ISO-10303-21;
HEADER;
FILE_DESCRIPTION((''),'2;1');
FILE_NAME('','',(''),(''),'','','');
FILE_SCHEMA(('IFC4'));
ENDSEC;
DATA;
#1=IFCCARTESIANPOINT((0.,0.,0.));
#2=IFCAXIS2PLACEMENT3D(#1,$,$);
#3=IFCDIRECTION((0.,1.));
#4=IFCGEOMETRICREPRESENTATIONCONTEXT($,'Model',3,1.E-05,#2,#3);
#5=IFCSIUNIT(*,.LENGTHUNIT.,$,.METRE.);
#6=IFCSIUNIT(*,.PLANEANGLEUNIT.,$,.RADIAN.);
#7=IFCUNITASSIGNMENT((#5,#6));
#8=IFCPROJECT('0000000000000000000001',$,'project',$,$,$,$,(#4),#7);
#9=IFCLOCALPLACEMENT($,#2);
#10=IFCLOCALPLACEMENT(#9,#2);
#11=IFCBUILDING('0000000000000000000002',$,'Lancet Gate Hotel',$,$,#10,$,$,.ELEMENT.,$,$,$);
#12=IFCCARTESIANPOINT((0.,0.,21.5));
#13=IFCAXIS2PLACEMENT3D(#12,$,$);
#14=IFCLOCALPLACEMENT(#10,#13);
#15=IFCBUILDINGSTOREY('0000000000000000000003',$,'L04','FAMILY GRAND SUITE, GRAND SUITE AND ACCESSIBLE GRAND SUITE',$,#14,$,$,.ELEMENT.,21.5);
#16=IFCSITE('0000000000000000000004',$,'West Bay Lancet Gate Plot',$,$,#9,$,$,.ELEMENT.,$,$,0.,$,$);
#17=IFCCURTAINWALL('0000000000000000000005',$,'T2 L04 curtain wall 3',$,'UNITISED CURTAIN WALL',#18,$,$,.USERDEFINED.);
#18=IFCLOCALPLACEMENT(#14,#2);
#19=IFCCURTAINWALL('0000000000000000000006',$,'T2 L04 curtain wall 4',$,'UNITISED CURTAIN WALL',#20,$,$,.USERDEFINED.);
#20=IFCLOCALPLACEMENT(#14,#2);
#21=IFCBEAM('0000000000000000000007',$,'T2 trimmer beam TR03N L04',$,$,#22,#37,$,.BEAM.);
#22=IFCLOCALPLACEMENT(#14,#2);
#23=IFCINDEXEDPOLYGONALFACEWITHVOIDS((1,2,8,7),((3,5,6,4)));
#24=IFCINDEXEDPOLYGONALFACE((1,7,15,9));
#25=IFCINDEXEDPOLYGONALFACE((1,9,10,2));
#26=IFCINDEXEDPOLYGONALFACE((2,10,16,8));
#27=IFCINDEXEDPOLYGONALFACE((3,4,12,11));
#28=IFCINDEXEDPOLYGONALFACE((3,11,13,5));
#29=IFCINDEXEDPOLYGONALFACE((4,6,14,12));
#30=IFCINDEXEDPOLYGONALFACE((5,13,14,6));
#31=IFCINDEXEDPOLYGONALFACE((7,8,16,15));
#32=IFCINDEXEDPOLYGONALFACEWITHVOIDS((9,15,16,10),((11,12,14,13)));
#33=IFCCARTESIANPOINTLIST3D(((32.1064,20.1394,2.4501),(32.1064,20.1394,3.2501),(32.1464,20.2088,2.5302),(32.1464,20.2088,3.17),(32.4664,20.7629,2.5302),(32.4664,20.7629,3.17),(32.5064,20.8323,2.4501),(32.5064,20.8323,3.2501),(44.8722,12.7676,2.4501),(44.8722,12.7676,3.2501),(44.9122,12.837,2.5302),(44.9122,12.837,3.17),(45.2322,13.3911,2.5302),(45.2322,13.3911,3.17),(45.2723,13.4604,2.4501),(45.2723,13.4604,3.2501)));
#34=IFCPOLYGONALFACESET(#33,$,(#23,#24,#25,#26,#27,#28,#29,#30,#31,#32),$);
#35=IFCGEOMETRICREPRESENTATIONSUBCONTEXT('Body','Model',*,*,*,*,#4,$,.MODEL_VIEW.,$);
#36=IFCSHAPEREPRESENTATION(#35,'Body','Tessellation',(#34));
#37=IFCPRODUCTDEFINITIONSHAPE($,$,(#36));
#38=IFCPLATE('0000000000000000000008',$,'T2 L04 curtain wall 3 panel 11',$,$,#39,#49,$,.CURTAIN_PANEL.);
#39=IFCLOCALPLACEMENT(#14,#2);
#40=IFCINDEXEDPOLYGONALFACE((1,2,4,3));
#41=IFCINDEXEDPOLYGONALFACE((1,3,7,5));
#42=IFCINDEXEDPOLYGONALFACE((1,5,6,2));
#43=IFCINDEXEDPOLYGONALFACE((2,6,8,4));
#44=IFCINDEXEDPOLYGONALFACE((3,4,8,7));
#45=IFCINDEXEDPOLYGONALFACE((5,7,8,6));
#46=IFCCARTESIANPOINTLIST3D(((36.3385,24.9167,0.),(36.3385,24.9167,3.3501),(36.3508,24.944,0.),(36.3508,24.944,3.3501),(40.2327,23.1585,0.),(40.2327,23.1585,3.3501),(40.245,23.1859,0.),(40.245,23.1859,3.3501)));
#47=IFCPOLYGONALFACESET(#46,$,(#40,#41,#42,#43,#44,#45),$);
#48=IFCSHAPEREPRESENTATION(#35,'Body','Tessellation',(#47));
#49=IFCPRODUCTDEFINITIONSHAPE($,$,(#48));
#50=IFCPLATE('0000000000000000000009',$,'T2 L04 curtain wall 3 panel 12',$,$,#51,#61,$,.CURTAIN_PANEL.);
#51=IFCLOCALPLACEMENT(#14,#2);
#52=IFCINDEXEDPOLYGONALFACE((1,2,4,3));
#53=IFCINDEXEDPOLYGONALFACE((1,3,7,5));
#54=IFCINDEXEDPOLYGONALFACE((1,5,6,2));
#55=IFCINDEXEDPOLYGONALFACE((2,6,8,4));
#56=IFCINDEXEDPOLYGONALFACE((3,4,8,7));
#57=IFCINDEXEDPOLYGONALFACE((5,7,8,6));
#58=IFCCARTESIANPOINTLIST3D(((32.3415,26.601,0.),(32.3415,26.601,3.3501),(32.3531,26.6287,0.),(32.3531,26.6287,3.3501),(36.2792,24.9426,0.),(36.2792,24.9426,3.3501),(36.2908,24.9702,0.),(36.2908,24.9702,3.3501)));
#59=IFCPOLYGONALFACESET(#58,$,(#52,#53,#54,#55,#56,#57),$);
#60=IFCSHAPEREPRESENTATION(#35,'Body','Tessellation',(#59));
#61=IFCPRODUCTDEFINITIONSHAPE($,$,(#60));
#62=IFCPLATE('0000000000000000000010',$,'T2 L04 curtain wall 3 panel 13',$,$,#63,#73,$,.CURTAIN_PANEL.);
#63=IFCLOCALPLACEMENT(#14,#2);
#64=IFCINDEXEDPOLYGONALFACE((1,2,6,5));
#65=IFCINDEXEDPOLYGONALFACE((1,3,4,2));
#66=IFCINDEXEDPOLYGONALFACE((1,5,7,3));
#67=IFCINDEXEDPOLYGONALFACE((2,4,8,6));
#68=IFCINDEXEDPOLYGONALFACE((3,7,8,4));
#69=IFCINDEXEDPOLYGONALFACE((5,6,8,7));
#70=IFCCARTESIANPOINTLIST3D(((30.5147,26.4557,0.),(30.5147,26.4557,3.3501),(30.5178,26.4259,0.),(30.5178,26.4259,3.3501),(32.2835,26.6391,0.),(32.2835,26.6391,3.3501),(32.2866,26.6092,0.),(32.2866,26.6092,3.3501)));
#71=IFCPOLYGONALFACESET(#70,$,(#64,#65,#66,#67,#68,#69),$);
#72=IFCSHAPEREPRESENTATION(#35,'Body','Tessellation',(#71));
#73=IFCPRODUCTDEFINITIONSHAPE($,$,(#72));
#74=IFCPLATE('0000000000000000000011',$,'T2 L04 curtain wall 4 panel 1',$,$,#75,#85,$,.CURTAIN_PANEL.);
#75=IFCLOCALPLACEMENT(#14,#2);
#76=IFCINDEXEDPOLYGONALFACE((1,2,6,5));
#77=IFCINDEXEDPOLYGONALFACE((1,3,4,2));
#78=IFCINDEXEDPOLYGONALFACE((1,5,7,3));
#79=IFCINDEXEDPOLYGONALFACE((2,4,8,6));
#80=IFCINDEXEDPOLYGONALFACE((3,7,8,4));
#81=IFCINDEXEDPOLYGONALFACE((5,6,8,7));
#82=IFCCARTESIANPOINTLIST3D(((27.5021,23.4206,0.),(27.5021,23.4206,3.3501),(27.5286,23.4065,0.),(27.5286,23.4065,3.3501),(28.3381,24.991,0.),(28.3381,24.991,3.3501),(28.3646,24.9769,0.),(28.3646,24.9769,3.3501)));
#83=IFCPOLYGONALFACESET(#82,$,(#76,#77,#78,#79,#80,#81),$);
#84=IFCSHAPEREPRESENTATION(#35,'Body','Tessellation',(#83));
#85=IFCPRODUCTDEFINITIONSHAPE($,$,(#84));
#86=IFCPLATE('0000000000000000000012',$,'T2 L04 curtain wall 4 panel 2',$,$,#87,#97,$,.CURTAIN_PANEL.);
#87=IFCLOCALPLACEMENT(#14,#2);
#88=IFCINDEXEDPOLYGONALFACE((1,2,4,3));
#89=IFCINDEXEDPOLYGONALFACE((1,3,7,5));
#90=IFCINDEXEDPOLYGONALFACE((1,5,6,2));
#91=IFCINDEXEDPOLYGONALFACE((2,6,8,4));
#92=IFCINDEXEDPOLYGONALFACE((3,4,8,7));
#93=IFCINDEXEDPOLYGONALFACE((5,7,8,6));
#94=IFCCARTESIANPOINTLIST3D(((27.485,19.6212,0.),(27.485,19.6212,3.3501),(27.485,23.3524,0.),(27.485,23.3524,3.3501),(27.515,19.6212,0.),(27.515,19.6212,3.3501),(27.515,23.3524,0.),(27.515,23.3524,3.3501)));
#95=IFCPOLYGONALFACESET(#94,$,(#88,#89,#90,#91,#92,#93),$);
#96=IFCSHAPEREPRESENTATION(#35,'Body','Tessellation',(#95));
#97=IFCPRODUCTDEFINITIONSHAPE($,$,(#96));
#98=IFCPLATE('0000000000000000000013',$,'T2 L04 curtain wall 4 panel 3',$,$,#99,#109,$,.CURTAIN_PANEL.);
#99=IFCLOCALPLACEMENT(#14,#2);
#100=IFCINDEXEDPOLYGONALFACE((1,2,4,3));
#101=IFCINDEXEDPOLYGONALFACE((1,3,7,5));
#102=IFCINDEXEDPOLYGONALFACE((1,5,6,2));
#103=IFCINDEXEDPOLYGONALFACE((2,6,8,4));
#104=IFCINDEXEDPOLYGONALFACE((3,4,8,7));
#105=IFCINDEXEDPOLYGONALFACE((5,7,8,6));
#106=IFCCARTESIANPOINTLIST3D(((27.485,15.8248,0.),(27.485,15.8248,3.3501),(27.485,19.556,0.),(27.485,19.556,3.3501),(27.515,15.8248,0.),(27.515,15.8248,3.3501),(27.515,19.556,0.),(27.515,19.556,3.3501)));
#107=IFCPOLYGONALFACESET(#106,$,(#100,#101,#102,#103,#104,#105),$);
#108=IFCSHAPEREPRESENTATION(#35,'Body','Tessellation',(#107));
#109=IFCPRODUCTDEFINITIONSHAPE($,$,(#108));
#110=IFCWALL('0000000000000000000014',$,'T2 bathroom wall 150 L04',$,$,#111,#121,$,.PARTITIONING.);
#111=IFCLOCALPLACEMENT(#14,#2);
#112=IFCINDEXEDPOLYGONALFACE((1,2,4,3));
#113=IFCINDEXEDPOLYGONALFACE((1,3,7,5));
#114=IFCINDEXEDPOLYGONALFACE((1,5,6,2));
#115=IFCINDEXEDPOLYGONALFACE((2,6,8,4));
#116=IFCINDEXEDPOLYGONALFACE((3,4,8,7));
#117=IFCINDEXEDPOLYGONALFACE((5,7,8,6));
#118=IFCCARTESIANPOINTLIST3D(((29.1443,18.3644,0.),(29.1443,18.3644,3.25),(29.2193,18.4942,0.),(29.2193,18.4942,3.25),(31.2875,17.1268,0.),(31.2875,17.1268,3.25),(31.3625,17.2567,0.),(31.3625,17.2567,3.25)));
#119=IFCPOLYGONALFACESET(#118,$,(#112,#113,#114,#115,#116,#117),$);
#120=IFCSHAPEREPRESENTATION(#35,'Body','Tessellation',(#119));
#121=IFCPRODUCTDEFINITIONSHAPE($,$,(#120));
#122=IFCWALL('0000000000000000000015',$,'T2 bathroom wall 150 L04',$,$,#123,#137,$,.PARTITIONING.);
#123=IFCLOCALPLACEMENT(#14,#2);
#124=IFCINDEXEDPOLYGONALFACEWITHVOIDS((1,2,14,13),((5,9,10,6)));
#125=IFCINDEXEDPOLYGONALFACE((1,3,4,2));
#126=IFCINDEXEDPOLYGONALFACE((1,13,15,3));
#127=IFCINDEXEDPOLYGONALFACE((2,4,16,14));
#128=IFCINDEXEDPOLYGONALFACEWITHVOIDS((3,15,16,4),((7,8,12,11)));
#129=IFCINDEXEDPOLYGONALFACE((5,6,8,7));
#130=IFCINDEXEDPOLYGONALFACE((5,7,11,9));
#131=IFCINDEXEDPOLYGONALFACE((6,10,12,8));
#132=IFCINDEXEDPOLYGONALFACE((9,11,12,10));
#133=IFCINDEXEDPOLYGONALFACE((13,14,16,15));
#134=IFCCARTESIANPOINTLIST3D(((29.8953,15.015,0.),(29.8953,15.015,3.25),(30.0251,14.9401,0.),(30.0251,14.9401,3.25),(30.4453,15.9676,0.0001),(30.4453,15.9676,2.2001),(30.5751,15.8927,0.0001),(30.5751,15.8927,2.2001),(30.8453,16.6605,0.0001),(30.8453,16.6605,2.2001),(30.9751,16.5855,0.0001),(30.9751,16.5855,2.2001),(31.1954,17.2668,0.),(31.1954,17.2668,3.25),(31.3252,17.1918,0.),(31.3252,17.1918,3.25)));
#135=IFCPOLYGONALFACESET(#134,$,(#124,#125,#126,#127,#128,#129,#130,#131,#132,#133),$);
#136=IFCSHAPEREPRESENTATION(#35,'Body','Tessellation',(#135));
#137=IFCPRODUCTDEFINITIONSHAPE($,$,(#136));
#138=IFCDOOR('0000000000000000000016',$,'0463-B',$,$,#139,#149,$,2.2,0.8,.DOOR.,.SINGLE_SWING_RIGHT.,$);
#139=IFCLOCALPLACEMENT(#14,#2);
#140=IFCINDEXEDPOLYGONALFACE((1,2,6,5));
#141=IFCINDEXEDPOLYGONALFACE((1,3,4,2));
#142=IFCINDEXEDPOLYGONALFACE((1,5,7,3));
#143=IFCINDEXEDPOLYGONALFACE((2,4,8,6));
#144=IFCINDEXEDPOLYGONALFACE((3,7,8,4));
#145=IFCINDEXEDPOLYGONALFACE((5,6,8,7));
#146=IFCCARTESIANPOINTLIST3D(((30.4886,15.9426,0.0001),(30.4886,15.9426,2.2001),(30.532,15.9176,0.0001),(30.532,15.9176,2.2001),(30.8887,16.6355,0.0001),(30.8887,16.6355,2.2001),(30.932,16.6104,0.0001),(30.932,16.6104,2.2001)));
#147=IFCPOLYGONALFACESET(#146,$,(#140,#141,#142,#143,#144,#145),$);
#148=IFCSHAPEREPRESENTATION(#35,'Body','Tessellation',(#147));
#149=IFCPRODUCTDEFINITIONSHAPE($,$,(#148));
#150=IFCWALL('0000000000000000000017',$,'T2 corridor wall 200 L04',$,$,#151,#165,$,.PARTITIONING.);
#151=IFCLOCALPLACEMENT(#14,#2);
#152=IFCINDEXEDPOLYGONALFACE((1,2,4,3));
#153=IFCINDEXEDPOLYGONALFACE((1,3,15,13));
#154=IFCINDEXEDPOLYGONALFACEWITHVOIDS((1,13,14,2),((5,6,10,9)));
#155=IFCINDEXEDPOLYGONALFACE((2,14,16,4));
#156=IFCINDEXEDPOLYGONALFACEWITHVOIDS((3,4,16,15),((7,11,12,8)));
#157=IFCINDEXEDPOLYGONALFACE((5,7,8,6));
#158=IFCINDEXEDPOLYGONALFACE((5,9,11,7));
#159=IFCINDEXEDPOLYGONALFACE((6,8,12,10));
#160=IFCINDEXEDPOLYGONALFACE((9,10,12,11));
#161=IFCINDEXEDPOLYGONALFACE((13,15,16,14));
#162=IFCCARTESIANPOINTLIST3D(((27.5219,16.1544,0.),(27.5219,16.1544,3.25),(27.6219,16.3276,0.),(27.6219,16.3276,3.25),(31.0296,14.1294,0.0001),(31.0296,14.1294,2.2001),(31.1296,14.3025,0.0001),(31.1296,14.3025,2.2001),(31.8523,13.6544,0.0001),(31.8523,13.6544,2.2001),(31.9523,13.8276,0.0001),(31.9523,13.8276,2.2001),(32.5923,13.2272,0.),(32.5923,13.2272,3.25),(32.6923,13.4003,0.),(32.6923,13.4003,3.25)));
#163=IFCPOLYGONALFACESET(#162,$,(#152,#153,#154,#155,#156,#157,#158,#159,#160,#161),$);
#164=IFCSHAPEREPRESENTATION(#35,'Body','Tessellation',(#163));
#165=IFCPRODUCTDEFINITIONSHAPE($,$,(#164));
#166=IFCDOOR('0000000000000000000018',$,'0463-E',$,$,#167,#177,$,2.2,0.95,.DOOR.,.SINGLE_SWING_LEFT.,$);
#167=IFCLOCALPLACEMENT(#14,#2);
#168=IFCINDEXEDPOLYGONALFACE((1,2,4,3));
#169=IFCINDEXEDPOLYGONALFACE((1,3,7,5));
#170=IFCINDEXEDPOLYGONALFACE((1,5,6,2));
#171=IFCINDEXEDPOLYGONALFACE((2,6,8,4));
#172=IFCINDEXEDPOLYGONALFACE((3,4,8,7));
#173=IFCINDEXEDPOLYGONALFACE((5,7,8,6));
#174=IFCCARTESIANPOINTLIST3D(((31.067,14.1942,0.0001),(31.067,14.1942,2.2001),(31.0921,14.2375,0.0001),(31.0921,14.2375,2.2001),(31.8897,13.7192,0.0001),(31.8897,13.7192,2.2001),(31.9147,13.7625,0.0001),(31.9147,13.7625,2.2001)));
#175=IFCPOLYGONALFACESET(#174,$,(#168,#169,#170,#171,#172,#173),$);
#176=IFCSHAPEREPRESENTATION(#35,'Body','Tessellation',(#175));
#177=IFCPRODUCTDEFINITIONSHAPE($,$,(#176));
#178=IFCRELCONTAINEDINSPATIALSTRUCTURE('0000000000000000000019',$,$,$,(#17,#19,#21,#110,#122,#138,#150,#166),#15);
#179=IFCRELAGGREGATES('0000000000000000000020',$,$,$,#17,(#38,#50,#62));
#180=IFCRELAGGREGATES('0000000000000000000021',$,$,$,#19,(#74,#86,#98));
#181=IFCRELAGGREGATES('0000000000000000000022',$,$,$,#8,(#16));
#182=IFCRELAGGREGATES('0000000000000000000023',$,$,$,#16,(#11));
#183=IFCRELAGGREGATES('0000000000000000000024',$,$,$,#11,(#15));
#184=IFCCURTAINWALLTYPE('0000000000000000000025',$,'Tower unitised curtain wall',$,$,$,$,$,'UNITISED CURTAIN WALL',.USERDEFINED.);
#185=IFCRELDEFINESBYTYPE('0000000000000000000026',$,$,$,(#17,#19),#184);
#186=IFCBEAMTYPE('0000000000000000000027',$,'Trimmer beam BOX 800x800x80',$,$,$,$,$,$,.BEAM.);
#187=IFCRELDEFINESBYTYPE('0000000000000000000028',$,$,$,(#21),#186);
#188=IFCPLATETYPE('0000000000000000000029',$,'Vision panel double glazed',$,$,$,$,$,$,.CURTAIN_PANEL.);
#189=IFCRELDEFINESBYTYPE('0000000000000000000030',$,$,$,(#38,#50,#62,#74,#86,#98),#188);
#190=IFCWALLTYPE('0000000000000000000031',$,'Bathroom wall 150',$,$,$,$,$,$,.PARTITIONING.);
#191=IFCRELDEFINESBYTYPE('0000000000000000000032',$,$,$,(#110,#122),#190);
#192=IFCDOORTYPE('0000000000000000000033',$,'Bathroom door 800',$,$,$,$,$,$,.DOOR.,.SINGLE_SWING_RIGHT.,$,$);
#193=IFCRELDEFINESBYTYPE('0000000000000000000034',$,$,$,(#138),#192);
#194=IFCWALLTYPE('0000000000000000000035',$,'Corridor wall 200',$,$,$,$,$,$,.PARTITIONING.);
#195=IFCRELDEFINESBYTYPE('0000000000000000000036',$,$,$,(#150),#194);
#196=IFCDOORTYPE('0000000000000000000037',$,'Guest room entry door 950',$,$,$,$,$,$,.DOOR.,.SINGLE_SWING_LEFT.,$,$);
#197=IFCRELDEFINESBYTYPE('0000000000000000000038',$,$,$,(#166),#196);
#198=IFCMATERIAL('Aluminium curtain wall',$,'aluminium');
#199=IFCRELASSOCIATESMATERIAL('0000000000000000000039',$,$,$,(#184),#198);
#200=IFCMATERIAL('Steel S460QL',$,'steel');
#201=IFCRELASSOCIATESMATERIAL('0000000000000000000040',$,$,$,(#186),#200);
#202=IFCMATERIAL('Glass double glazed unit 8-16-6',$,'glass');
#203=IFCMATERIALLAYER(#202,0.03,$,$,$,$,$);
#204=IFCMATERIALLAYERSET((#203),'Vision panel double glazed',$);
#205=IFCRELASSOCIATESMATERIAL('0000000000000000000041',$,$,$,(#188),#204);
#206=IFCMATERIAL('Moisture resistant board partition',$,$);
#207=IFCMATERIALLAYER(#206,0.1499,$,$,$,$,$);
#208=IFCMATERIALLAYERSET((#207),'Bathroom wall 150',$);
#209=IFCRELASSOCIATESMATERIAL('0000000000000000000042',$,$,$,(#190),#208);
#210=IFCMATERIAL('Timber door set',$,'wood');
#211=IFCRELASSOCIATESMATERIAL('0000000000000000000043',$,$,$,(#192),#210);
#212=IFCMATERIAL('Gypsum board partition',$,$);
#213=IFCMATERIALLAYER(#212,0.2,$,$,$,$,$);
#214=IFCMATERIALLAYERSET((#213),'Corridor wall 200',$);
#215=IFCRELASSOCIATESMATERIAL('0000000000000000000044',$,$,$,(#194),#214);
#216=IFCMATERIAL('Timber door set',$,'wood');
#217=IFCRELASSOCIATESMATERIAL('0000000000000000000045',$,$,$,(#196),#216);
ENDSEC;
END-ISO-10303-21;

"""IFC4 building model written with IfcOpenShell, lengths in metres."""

from ifc_helpers import new_model, si_unit, direction, frame, frame_2d, origin, origin_2d, place, context, subcontext, project, spatial, rectangle, hollow_rectangle, extrude, material, layer, layer_set, material_profile, profile_set, type_object, element, fill, aggregate, save


model = new_model("IFC4")

# Units and contexts
model_context = context("Model", 3, precision=1e-05, world=origin(), true_north=direction((0.0, 1.0)))
body_context = subcontext(model_context, "Body", "Model", "MODEL_VIEW")
ifc_project = project(units=[si_unit("LENGTHUNIT", "METRE"), si_unit("PLANEANGLEUNIT", "RADIAN")], contexts=[model_context])

# Site, building, storey
site_placement = place(None, origin())
site = spatial("IfcSite", under=ifc_project, at=site_placement, Name="West Bay Lancet Gate Plot", CompositionType="ELEMENT", RefElevation=0.0)
building_placement = place(site_placement, origin())
building = spatial("IfcBuilding", under=site, at=building_placement, Name="Lancet Gate Hotel", CompositionType="ELEMENT")
storey_placement = place(building_placement, frame((0.0, 0.0, 21.5)))
storey = spatial("IfcBuildingStorey", under=building, at=storey_placement, Name="L04", Description="FAMILY GRAND SUITE, GRAND SUITE AND ACCESSIBLE GRAND SUITE", CompositionType="ELEMENT", Elevation=21.5)

# Curtain walls
ifc_material_1 = material(Name="Aluminium curtain wall", Category="aluminium")
curtain_wall_type = type_object("IfcCurtainWallType", Name="Tower unitised curtain wall", ElementType="UNITISED CURTAIN WALL", PredefinedType="USERDEFINED", material=ifc_material_1)
curtain_wall_1_placement = place(storey_placement, origin())
curtain_wall_1 = element("IfcCurtainWall", 1, at=curtain_wall_1_placement, inside=storey, type_object=curtain_wall_type, Name="T2 L04 curtain wall 3", ObjectType="UNITISED CURTAIN WALL", PredefinedType="USERDEFINED")
curtain_wall_2_placement = place(storey_placement, origin())
curtain_wall_2 = element("IfcCurtainWall", 2, at=curtain_wall_2_placement, inside=storey, type_object=curtain_wall_type, Name="T2 L04 curtain wall 4", ObjectType="UNITISED CURTAIN WALL", PredefinedType="USERDEFINED")

# Beam
ifc_material_2 = material(Name="Steel S460QL", Category="steel")
ifc_material_profile_1 = material_profile(ifc_material_2, hollow_rectangle(XDim=0.8, YDim=0.8, WallThickness=0.0801, at=origin_2d()), Name="BOX 800x800x80")
ifc_profile_set_1 = profile_set([ifc_material_profile_1], Name="Steel S460QL")
beam_type_1 = type_object("IfcBeamType", Name="Trimmer beam BOX 800x800x80", PredefinedType="BEAM", material=ifc_profile_set_1)
beam_1_placement = place(storey_placement, frame((32.3064, 20.4858, 2.8501), z_axis=(0.865983, -0.500074, 0.0), x_axis=(0.500074, 0.865983, 0.0)))
element("IfcBeam", 3, at=beam_1_placement, inside=storey, type_object=beam_type_1, Name="T2 trimmer beam TR03N L04", PredefinedType="BEAM", context=body_context, shape_type="SweptSolid", body=[
    extrude(hollow_rectangle(XDim=0.8, YDim=0.8, WallThickness=0.0801, at=origin_2d()), origin(), (0.0, 0.0, 1.0), 14.7415),
])

# Plates
ifc_material_3 = material(Name="Glass double glazed unit 8-16-6", Category="glass")
ifc_layer_1 = layer(ifc_material_3, 0.03)
ifc_layer_set_1 = layer_set([ifc_layer_1], Name="Vision panel double glazed")
plate_type = type_object("IfcPlateType", Name="Vision panel double glazed", PredefinedType="CURTAIN_PANEL", material=ifc_layer_set_1)
plate_1_placement = place(storey_placement, frame((38.2917, 24.0513, 0.0), z_axis=(0.0, 0.0, 1.0), x_axis=(-0.911416, 0.411487, 0.0)))
plate_1 = element("IfcPlate", 4, at=plate_1_placement, type_object=plate_type, Name="T2 L04 curtain wall 3 panel 11", PredefinedType="CURTAIN_PANEL", context=body_context, shape_type="SweptSolid", body=[
    extrude(rectangle(XDim=4.2727, YDim=0.03, at=origin_2d()), origin(), (0.0, 0.0, 1.0), 3.3501),
])
plate_2_placement = place(storey_placement, frame((34.3162, 25.7856, 0.0), z_axis=(0.0, 0.0, 1.0), x_axis=(-0.921593, 0.388157, 0.0)))
plate_2 = element("IfcPlate", 5, at=plate_2_placement, type_object=plate_type, Name="T2 L04 curtain wall 3 panel 12", PredefinedType="CURTAIN_PANEL", context=body_context, shape_type="SweptSolid", body=[
    extrude(rectangle(XDim=4.2727, YDim=0.03, at=origin_2d()), origin(), (0.0, 0.0, 1.0), 3.3501),
])
plate_3_placement = place(storey_placement, frame((31.4006, 26.5325, 0.0), z_axis=(0.0, 0.0, 1.0), x_axis=(-0.994672, -0.103088, 0.0)))
plate_3 = element("IfcPlate", 6, at=plate_3_placement, type_object=plate_type, Name="T2 L04 curtain wall 3 panel 13", PredefinedType="CURTAIN_PANEL", context=body_context, shape_type="SweptSolid", body=[
    extrude(rectangle(XDim=1.7783, YDim=0.03, at=origin_2d()), origin(), (0.0, 0.0, 1.0), 3.3501),
])
aggregate(curtain_wall_1, [plate_1, plate_2, plate_3])
plate_4_placement = place(storey_placement, frame((27.9333, 24.1987, 0.0), z_axis=(0.0, 0.0, 1.0), x_axis=(-0.469898, -0.882721, 0.0)))
plate_4 = element("IfcPlate", 7, at=plate_4_placement, type_object=plate_type, Name="T2 L04 curtain wall 4 panel 1", PredefinedType="CURTAIN_PANEL", context=body_context, shape_type="SweptSolid", body=[
    extrude(rectangle(XDim=1.7791, YDim=0.03, at=origin_2d()), origin(), (0.0, 0.0, 1.0), 3.3501),
])
plate_5_placement = place(storey_placement, frame((27.5, 21.4868, 0.0), z_axis=(0.0, 0.0, 1.0), x_axis=(0.0, -1.0, 0.0)))
plate_5 = element("IfcPlate", 8, at=plate_5_placement, type_object=plate_type, Name="T2 L04 curtain wall 4 panel 2", PredefinedType="CURTAIN_PANEL", context=body_context, shape_type="SweptSolid", body=[
    extrude(rectangle(XDim=3.7312, YDim=0.03, at=origin_2d()), origin(), (0.0, 0.0, 1.0), 3.3501),
])
plate_6_placement = place(storey_placement, frame((27.5, 17.6904, 0.0), z_axis=(0.0, 0.0, 1.0), x_axis=(0.0, -1.0, 0.0)))
plate_6 = element("IfcPlate", 9, at=plate_6_placement, type_object=plate_type, Name="T2 L04 curtain wall 4 panel 3", PredefinedType="CURTAIN_PANEL", context=body_context, shape_type="SweptSolid", body=[
    extrude(rectangle(XDim=3.7312, YDim=0.03, at=origin_2d()), origin(), (0.0, 0.0, 1.0), 3.3501),
])
aggregate(curtain_wall_2, [plate_4, plate_5, plate_6])

# Wall
ifc_material_4 = material(Name="Moisture resistant board partition")
ifc_layer_2 = layer(ifc_material_4, 0.1499)
ifc_layer_set_2 = layer_set([ifc_layer_2], Name="Bathroom wall 150")
wall_type_1 = type_object("IfcWallType", Name="Bathroom wall 150", PredefinedType="PARTITIONING", material=ifc_layer_set_2)
wall_1_placement = place(storey_placement, frame((29.1819, 18.4292, 0.0), z_axis=(0.0, 0.0, 1.0), x_axis=(0.866007, -0.500033, 0.0)))
element("IfcWall", 10, at=wall_1_placement, inside=storey, type_object=wall_type_1, Name="T2 bathroom wall 150 L04", PredefinedType="PARTITIONING", context=body_context, shape_type="SweptSolid", body=[
    extrude(rectangle(XDim=2.4749, YDim=0.1499, at=frame_2d((1.2373, 0.0))), origin(), (0.0, 0.0, 1.0), 3.25),
])

# Walls, openings, doors
wall_2_placement = place(storey_placement, frame((29.9602, 14.9775, 0.0), z_axis=(0.0, 0.0, 1.0), x_axis=(0.500007, 0.866021, 0.0)))
wall_2 = element("IfcWall", 11, at=wall_2_placement, inside=storey, type_object=wall_type_1, Name="T2 bathroom wall 150 L04", PredefinedType="PARTITIONING", context=body_context, shape_type="SweptSolid", body=[
    extrude(rectangle(XDim=2.6001, YDim=0.1499, at=frame_2d((1.3, 0.0))), origin(), (0.0, 0.0, 1.0), 3.25),
])
opening_1_placement = place(wall_2_placement, frame((1.1001, 0.0, 0.0)))
opening_1 = element("IfcOpeningElement", 12, at=opening_1_placement, cuts=wall_2, PredefinedType="OPENING", context=body_context, shape_type="SweptSolid", body=[
    extrude(rectangle(XDim=0.8, YDim=2.2, at=frame_2d((0.3999, 1.1001))), frame((0.0, 0.085, 0.0), z_axis=(0.0, -1.0, 0.0), x_axis=(1.0, 0.0, 0.0)), (0.0, 0.0, 1.0), 0.1699),
])
ifc_material_5 = material(Name="Timber door set", Category="wood")
door_type_1 = type_object("IfcDoorType", Name="Bathroom door 800", OperationType="SINGLE_SWING_RIGHT", PredefinedType="DOOR", material=ifc_material_5)
door_1_placement = place(opening_1_placement, origin())
door_1 = element("IfcDoor", 13, at=door_1_placement, inside=storey, type_object=door_type_1, Name="0463-B", OperationType="SINGLE_SWING_RIGHT", OverallHeight=2.2, OverallWidth=0.8, PredefinedType="DOOR", context=body_context, shape_type="SweptSolid", body=[
    extrude(rectangle(XDim=0.8, YDim=2.2, at=frame_2d((0.3999, 1.1001))), frame((0.0, 0.0249, 0.0), z_axis=(0.0, -1.0, 0.0), x_axis=(1.0, 0.0, 0.0)), (0.0, 0.0, 1.0), 0.05),
])
fill(opening_1, door_1)
ifc_material_6 = material(Name="Gypsum board partition")
ifc_layer_3 = layer(ifc_material_6, 0.2)
ifc_layer_set_3 = layer_set([ifc_layer_3], Name="Corridor wall 200")
wall_type_2 = type_object("IfcWallType", Name="Corridor wall 200", PredefinedType="PARTITIONING", material=ifc_layer_set_3)
wall_3_placement = place(storey_placement, frame((27.572, 16.241, 0.0), z_axis=(0.0, 0.0, 1.0), x_axis=(0.866033, -0.499987, 0.0)))
wall_3 = element("IfcWall", 14, at=wall_3_placement, inside=storey, type_object=wall_type_2, Name="T2 corridor wall 200 L04", PredefinedType="PARTITIONING", context=body_context, shape_type="SweptSolid", body=[
    extrude(rectangle(XDim=5.8547, YDim=0.2, at=frame_2d((2.9272, 0.0))), origin(), (0.0, 0.0, 1.0), 3.25),
])
opening_2_placement = place(wall_3_placement, frame((4.05, 0.0, 0.0)))
opening_2 = element("IfcOpeningElement", 15, at=opening_2_placement, cuts=wall_3, PredefinedType="OPENING", context=body_context, shape_type="SweptSolid", body=[
    extrude(rectangle(XDim=0.95, YDim=2.2, at=frame_2d((0.4751, 1.1001))), frame((0.0, 0.1099, 0.0), z_axis=(0.0, -1.0, 0.0), x_axis=(1.0, 0.0, 0.0)), (0.0, 0.0, 1.0), 0.22),
])
ifc_material_7 = material(Name="Timber door set", Category="wood")
door_type_2 = type_object("IfcDoorType", Name="Guest room entry door 950", OperationType="SINGLE_SWING_LEFT", PredefinedType="DOOR", material=ifc_material_7)
door_2_placement = place(opening_2_placement, origin())
door_2 = element("IfcDoor", 16, at=door_2_placement, inside=storey, type_object=door_type_2, Name="0463-E", OperationType="SINGLE_SWING_LEFT", OverallHeight=2.2, OverallWidth=0.95, PredefinedType="DOOR", context=body_context, shape_type="SweptSolid", body=[
    extrude(rectangle(XDim=0.95, YDim=2.2, at=frame_2d((0.4751, 1.1001))), frame((0.0, 0.0249, 0.0), z_axis=(0.0, -1.0, 0.0), x_axis=(1.0, 0.0, 0.0)), (0.0, 0.0, 1.0), 0.05),
])
fill(opening_2, door_2)

save(model, "model.ifc")
